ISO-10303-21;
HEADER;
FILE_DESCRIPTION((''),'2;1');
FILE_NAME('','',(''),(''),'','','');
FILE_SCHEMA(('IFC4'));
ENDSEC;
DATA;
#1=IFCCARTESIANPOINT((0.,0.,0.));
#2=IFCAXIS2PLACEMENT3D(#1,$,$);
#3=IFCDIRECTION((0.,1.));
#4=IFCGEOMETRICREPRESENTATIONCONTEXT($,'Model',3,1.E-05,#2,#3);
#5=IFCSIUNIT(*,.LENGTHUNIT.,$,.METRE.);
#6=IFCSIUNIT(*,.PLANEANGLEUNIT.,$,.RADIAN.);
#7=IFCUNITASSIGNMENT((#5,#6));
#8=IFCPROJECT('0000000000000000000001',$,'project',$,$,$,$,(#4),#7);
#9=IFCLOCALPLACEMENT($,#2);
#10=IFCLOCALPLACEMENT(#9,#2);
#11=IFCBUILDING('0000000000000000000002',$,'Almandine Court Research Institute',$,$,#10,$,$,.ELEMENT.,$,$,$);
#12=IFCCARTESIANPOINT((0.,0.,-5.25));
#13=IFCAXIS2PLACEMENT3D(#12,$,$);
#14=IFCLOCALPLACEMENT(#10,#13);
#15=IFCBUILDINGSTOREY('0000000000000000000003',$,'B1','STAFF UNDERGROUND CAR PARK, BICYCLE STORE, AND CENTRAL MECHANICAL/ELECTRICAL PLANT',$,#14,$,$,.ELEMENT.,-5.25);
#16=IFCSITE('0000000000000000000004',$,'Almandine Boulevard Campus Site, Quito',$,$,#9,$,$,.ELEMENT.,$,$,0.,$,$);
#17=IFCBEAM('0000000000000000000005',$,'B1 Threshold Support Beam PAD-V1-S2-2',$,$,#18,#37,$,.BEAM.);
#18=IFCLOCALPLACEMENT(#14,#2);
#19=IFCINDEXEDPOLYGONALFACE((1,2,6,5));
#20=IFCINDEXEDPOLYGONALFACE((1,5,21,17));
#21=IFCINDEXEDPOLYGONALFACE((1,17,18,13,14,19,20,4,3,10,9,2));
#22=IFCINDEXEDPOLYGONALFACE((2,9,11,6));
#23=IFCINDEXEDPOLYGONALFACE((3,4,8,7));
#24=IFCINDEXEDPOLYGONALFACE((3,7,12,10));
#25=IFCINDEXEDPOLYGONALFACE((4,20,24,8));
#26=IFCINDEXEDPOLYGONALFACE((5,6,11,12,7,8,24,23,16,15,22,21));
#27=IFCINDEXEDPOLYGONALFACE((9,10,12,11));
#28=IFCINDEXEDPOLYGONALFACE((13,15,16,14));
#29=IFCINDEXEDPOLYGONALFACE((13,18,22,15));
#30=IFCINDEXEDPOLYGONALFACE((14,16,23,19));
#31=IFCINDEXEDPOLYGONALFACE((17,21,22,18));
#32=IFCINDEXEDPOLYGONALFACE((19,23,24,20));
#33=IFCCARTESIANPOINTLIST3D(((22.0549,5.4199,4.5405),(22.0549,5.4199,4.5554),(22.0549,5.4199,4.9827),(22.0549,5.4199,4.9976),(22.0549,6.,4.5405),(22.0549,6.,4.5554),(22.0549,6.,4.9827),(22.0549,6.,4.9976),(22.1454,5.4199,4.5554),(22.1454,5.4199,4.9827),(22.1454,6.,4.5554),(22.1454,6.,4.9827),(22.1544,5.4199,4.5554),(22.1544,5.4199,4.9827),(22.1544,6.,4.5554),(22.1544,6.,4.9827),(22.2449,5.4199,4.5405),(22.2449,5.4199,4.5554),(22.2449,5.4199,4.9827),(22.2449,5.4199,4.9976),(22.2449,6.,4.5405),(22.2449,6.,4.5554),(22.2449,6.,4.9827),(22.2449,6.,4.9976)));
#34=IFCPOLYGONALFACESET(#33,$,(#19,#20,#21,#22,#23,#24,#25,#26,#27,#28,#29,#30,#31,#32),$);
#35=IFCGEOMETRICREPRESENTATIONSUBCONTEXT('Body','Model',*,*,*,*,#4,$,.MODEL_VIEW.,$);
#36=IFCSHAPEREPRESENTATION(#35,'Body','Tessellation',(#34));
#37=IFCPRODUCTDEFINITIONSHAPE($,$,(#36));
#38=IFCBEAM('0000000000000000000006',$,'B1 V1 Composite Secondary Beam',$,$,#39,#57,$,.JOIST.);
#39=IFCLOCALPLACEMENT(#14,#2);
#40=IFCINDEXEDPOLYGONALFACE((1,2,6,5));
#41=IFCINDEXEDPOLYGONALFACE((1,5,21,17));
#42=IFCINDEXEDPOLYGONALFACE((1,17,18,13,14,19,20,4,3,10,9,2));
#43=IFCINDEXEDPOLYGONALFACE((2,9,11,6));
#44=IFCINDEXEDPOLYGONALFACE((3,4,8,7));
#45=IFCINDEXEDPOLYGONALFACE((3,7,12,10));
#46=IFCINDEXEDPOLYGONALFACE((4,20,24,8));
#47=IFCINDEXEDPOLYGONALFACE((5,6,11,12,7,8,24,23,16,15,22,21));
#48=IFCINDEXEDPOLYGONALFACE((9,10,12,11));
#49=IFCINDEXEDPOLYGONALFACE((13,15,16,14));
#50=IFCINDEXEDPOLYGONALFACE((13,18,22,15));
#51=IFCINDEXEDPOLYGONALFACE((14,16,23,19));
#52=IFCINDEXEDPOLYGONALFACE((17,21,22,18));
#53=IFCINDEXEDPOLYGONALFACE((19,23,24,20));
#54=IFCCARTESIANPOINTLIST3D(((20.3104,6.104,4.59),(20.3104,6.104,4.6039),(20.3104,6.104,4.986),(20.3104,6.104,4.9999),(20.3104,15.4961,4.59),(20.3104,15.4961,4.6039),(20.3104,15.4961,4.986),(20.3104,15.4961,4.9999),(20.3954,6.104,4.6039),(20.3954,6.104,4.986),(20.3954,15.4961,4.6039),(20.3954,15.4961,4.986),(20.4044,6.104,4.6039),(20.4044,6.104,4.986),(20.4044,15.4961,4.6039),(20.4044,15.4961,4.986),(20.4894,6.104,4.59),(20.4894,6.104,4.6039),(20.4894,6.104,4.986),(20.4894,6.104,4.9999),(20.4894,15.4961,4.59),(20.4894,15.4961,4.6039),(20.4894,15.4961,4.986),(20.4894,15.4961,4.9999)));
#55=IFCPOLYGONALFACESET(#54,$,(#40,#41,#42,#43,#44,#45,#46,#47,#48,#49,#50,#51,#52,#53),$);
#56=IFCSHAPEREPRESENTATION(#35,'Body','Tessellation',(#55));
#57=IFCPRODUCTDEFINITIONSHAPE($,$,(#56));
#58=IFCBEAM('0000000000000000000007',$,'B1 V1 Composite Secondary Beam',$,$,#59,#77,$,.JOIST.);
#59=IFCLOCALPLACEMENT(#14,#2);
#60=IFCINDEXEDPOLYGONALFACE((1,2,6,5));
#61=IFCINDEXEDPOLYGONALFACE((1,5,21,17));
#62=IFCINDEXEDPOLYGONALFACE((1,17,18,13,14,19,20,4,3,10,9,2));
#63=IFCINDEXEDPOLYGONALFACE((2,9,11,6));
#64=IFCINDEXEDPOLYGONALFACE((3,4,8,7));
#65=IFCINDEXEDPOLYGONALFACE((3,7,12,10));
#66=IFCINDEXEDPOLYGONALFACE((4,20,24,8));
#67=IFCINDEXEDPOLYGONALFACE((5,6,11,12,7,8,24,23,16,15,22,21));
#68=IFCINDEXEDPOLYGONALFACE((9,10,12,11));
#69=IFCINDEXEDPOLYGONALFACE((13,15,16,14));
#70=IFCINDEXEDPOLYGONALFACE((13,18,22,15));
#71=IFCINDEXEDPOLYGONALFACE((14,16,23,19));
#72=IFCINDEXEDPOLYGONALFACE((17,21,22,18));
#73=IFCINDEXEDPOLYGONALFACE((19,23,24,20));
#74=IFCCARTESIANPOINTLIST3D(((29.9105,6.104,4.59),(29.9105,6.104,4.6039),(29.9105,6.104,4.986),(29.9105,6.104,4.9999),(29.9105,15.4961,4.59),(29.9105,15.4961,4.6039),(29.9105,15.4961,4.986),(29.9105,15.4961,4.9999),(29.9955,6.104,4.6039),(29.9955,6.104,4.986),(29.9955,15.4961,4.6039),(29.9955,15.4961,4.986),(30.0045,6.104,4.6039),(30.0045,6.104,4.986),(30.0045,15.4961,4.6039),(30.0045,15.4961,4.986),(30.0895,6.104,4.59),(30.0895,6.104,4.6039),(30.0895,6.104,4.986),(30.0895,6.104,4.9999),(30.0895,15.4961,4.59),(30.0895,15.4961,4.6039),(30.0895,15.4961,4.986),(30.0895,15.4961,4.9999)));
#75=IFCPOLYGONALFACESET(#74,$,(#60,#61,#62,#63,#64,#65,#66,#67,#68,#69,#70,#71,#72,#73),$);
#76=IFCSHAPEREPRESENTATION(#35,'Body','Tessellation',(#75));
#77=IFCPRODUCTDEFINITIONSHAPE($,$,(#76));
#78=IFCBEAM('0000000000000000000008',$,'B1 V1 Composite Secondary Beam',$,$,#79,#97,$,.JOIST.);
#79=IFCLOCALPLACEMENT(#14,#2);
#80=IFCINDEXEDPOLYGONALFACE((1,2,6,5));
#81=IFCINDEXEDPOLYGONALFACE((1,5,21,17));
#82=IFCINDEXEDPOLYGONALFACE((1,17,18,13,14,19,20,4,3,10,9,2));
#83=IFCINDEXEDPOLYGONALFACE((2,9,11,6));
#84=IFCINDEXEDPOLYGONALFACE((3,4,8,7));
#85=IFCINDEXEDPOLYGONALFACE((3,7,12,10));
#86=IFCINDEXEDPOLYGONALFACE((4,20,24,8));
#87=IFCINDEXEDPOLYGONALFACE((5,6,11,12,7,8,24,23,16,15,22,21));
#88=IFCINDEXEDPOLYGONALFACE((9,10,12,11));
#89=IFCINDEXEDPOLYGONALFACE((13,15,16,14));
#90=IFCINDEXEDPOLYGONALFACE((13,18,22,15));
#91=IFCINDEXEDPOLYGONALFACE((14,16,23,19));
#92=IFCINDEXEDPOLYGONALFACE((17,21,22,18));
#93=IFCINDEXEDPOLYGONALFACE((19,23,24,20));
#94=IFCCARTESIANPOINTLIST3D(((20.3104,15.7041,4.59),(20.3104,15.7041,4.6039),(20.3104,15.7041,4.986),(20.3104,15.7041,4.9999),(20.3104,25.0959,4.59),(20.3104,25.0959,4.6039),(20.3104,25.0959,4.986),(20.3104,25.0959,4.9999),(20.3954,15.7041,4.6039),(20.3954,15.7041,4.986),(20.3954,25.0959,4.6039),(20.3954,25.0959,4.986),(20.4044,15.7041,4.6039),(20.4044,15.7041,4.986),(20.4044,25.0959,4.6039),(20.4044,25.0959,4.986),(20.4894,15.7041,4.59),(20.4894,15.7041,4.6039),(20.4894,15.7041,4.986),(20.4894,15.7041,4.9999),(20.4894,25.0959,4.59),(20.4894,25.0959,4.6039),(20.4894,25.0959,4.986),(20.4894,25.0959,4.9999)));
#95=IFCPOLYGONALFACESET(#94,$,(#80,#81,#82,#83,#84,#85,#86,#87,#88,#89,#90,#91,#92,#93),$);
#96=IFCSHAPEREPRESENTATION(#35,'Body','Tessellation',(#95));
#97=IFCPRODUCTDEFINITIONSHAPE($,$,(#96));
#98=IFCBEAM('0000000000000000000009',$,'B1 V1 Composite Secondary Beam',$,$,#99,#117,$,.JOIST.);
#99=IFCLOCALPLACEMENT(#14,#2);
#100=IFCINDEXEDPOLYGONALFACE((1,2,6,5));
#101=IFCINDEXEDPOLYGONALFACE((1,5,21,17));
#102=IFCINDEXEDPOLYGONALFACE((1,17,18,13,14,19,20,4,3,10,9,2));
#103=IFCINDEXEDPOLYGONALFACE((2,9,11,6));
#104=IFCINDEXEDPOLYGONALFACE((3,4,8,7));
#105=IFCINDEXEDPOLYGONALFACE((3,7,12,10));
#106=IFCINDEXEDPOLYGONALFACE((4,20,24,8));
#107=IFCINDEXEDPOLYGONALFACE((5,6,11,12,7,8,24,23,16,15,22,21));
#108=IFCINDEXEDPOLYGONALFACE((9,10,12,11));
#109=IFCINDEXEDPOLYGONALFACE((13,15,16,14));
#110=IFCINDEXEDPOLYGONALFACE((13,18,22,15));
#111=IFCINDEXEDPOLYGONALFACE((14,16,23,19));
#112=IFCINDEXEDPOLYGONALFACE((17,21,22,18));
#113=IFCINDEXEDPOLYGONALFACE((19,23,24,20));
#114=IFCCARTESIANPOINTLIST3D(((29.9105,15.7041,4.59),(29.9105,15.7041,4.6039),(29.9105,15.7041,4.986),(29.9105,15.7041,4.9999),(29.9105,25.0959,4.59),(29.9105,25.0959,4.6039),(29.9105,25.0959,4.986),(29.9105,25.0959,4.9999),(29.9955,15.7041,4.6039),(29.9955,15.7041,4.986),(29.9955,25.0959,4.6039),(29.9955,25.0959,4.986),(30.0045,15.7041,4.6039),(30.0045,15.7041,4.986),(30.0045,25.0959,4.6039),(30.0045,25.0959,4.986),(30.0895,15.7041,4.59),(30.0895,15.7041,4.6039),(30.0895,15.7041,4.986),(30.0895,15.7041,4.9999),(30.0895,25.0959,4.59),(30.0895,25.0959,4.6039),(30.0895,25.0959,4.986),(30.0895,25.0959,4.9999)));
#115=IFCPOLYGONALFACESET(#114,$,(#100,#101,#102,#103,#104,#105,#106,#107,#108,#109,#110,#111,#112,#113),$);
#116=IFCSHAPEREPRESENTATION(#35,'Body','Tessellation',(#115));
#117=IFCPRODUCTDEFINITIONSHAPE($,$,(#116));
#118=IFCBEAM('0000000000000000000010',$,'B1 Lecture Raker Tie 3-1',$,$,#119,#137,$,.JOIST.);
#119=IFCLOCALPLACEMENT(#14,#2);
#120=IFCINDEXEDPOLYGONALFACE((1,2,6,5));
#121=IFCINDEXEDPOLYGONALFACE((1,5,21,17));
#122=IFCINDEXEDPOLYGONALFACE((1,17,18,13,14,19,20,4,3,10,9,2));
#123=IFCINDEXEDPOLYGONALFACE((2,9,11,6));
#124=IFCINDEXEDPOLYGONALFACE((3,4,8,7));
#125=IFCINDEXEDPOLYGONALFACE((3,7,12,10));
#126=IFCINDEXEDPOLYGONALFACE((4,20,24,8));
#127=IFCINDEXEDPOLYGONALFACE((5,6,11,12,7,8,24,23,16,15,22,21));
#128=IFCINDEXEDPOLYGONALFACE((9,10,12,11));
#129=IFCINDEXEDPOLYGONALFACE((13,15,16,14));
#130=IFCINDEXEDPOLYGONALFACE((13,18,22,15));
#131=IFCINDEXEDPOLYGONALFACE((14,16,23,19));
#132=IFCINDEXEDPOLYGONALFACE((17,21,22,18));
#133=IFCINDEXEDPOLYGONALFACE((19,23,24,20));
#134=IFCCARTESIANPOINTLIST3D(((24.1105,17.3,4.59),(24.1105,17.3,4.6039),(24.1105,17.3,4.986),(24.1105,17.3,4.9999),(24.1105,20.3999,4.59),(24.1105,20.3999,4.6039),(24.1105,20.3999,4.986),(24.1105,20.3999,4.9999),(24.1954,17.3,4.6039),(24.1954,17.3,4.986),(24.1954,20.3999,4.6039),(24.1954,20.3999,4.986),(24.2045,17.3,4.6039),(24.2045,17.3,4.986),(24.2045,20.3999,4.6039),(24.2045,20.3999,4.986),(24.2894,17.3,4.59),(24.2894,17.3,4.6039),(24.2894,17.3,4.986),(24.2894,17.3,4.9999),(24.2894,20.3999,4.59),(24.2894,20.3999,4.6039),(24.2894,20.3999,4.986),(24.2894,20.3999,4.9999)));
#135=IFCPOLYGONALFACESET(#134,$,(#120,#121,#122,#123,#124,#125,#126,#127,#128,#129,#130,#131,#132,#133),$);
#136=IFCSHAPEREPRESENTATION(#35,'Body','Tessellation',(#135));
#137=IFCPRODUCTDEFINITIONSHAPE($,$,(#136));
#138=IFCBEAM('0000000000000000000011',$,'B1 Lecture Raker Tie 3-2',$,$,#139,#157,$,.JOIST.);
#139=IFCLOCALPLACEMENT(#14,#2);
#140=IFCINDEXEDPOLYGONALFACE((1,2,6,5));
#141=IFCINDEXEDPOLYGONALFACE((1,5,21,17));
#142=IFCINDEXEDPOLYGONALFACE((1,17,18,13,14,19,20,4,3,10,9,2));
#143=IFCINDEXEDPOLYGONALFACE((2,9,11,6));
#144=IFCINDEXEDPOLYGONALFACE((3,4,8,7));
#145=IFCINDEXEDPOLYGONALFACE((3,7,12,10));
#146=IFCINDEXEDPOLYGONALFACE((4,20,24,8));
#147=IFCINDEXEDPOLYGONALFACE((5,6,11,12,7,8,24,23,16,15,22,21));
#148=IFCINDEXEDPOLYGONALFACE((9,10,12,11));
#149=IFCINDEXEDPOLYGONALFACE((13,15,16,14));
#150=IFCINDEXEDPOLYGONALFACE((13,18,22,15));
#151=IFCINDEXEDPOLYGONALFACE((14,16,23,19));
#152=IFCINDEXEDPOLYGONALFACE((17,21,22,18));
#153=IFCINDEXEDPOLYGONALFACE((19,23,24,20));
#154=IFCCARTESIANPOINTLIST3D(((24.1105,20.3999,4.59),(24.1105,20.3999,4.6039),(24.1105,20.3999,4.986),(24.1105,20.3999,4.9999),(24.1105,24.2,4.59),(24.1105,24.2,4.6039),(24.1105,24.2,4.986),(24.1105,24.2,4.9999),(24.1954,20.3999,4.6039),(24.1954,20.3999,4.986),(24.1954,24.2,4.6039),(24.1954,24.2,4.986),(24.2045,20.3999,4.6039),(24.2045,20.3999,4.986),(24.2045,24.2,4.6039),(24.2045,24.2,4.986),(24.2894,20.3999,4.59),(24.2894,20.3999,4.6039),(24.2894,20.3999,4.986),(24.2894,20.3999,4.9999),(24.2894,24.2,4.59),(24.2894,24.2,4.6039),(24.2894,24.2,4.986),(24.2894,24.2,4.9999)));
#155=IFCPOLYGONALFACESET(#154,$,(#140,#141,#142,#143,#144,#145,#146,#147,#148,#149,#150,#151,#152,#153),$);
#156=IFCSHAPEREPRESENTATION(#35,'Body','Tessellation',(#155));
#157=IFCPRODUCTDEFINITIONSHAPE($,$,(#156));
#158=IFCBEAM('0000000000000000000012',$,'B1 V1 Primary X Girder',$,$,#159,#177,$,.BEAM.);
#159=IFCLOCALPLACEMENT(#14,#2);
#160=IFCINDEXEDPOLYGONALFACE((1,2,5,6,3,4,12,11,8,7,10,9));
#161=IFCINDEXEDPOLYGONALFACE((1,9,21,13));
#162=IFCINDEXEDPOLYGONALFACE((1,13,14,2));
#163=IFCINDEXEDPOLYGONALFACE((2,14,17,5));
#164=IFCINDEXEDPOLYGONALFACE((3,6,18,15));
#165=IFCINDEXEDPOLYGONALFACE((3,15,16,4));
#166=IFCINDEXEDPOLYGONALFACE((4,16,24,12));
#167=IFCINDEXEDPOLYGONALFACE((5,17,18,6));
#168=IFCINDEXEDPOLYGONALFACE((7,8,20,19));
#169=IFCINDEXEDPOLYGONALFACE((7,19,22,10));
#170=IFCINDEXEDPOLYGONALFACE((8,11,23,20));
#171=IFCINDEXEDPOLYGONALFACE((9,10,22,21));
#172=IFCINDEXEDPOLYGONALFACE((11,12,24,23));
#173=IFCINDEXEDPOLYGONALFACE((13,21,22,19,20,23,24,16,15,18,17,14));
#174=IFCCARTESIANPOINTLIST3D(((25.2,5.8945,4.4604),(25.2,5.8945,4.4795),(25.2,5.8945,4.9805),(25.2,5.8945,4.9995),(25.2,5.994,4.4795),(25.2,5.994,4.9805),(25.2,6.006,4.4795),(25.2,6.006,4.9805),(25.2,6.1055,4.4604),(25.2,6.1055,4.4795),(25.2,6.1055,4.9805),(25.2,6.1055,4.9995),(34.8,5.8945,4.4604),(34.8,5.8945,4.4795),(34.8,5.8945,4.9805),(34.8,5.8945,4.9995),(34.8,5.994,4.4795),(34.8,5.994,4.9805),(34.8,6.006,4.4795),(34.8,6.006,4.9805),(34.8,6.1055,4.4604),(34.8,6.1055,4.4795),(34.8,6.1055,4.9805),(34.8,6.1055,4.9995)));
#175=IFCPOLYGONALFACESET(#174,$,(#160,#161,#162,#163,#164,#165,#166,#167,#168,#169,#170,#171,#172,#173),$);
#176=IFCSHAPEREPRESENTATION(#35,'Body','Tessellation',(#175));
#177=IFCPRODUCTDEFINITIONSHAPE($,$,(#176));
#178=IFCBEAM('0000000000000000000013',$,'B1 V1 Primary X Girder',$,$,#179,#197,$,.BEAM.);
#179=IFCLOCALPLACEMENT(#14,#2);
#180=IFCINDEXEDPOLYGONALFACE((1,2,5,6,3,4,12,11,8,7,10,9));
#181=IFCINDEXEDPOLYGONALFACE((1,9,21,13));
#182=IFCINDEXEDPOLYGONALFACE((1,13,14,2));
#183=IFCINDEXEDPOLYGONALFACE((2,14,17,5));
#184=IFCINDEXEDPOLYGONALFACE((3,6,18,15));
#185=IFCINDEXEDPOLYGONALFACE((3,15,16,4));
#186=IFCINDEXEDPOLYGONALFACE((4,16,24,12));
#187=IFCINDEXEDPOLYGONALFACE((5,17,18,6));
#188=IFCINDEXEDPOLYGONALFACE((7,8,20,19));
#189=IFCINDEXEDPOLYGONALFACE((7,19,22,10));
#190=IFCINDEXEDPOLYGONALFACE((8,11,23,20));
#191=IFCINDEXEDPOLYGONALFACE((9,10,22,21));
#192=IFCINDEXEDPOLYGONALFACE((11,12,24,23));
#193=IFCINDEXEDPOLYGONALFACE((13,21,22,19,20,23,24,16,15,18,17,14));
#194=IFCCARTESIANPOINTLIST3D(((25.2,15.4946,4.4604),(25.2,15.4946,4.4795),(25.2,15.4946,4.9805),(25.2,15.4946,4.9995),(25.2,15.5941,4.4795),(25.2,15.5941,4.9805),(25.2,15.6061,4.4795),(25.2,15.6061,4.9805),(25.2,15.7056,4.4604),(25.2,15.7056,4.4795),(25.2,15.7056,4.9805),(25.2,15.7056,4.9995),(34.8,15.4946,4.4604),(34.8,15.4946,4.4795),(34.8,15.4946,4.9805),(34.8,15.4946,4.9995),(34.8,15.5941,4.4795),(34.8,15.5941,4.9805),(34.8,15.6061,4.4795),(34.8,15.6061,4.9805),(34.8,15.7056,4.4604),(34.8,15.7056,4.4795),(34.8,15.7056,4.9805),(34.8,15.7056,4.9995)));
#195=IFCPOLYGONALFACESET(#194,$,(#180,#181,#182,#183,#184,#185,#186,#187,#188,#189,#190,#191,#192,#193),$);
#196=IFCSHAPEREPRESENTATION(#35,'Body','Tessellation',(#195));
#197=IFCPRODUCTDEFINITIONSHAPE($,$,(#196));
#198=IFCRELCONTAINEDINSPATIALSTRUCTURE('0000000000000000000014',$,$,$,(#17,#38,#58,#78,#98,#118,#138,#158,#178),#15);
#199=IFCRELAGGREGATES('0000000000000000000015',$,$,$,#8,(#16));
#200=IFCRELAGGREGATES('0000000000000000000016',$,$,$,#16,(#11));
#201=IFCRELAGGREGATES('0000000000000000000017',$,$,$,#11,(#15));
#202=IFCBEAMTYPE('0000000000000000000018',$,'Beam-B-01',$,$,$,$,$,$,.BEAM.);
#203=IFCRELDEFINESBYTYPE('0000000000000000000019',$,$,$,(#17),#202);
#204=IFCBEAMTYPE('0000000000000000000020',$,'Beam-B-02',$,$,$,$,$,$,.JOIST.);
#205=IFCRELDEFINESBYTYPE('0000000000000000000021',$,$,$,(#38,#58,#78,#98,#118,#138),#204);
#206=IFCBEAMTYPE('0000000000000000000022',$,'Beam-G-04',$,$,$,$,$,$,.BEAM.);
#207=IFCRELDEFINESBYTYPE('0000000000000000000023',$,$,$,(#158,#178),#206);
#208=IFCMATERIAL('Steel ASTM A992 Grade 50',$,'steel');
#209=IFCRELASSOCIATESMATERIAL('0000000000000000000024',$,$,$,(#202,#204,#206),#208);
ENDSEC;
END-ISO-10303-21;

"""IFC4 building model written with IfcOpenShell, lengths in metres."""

from ifc_helpers import new_model, si_unit, direction, frame, origin, origin_2d, place, context, subcontext, project, spatial, i_section, extrude, material, material_profile, profile_set, type_object, element, save


model = new_model("IFC4")

# Units and contexts
model_context = context("Model", 3, precision=1e-05, world=origin(), true_north=direction((0.0, 1.0)))
body_context = subcontext(model_context, "Body", "Model", "MODEL_VIEW")
ifc_project = project(units=[si_unit("LENGTHUNIT", "METRE"), si_unit("PLANEANGLEUNIT", "RADIAN")], contexts=[model_context])

# Site, building, storey
site_placement = place(None, origin())
site = spatial("IfcSite", under=ifc_project, at=site_placement, Name="Almandine Boulevard Campus Site, Quito", CompositionType="ELEMENT", RefElevation=0.0)
building_placement = place(site_placement, origin())
building = spatial("IfcBuilding", under=site, at=building_placement, Name="Almandine Court Research Institute", CompositionType="ELEMENT")
storey_placement = place(building_placement, frame((0.0, 0.0, -5.25)))
storey = spatial("IfcBuildingStorey", under=building, at=storey_placement, Name="B1", Description="STAFF UNDERGROUND CAR PARK, BICYCLE STORE, AND CENTRAL MECHANICAL/ELECTRICAL PLANT", CompositionType="ELEMENT", Elevation=-5.25)

# Shared definitions
ifc_material_1 = material(Name="Steel ASTM A992 Grade 50", Category="steel")

# Beams
ifc_material_profile_1 = material_profile(ifc_material_1, i_section(OverallWidth=0.1899, OverallDepth=0.457, WebThickness=0.009, FlangeThickness=0.0149, at=origin_2d()), Name="W460x74")
ifc_profile_set_1 = profile_set([ifc_material_profile_1], Name="Steel ASTM A992 Grade 50")
beam_type_1 = type_object("IfcBeamType", Name="Beam-B-01", PredefinedType="BEAM", material=ifc_profile_set_1)
beam_1_placement = place(storey_placement, frame((22.1499, 5.4199, 4.769), z_axis=(0.0, 1.0, 0.0), x_axis=(-1.0, 0.0, 0.0)))
element("IfcBeam", 1, at=beam_1_placement, inside=storey, type_object=beam_type_1, Name="B1 Threshold Support Beam PAD-V1-S2-2", PredefinedType="BEAM", context=body_context, shape_type="SweptSolid", body=[
    extrude(i_section(OverallWidth=0.1899, OverallDepth=0.457, WebThickness=0.009, FlangeThickness=0.0149, at=origin_2d()), origin(), (0.0, 0.0, 1.0), 0.5801),
])
ifc_material_profile_2 = material_profile(ifc_material_1, i_section(OverallWidth=0.179, OverallDepth=0.4099, WebThickness=0.009, FlangeThickness=0.0139, at=origin_2d()), Name="W410x67")
ifc_profile_set_2 = profile_set([ifc_material_profile_2], Name="Steel ASTM A992 Grade 50")
beam_type_2 = type_object("IfcBeamType", Name="Beam-B-02", PredefinedType="JOIST", material=ifc_profile_set_2)
for number, where, z_axis, x_axis, name in (
    (2, (20.3999, 6.104, 4.7949), (0.0, 1.0, 0.0), (-1.0, 0.0, 0.0), "B1 V1 Composite Secondary Beam"),
    (3, (30.0, 6.104, 4.7949), (0.0, 1.0, 0.0), (-1.0, 0.0, 0.0), "B1 V1 Composite Secondary Beam"),
):
    element("IfcBeam", number, at=place(storey_placement, frame(where, z_axis=z_axis, x_axis=x_axis)), inside=storey, type_object=beam_type_2, Name=name, PredefinedType="JOIST", context=body_context, shape_type="SweptSolid", body=[
        extrude(i_section(OverallWidth=0.179, OverallDepth=0.4099, WebThickness=0.009, FlangeThickness=0.0139, at=origin_2d()), origin(), (0.0, 0.0, 1.0), 9.3921),
    ])
for number, where, z_axis, x_axis, name in (
    (4, (20.3999, 15.7041, 4.7949), (0.0, 1.0, 0.0), (-1.0, 0.0, 0.0), "B1 V1 Composite Secondary Beam"),
    (5, (30.0, 15.7041, 4.7949), (0.0, 1.0, 0.0), (-1.0, 0.0, 0.0), "B1 V1 Composite Secondary Beam"),
):
    element("IfcBeam", number, at=place(storey_placement, frame(where, z_axis=z_axis, x_axis=x_axis)), inside=storey, type_object=beam_type_2, Name=name, PredefinedType="JOIST", context=body_context, shape_type="SweptSolid", body=[
        extrude(i_section(OverallWidth=0.179, OverallDepth=0.4099, WebThickness=0.009, FlangeThickness=0.0139, at=origin_2d()), origin(), (0.0, 0.0, 1.0), 9.3918),
    ])
beam_2_placement = place(storey_placement, frame((24.2, 17.3, 4.7949), z_axis=(0.0, 1.0, 0.0), x_axis=(-1.0, 0.0, 0.0)))
element("IfcBeam", 6, at=beam_2_placement, inside=storey, type_object=beam_type_2, Name="B1 Lecture Raker Tie 3-1", PredefinedType="JOIST", context=body_context, shape_type="SweptSolid", body=[
    extrude(i_section(OverallWidth=0.179, OverallDepth=0.4099, WebThickness=0.009, FlangeThickness=0.0139, at=origin_2d()), origin(), (0.0, 0.0, 1.0), 3.0999),
])
beam_3_placement = place(storey_placement, frame((24.2, 20.3999, 4.7949), z_axis=(0.0, 1.0, 0.0), x_axis=(-1.0, 0.0, 0.0)))
element("IfcBeam", 7, at=beam_3_placement, inside=storey, type_object=beam_type_2, Name="B1 Lecture Raker Tie 3-2", PredefinedType="JOIST", context=body_context, shape_type="SweptSolid", body=[
    extrude(i_section(OverallWidth=0.179, OverallDepth=0.4099, WebThickness=0.009, FlangeThickness=0.0139, at=origin_2d()), origin(), (0.0, 0.0, 1.0), 3.8),
])
ifc_material_profile_3 = material_profile(ifc_material_1, i_section(OverallWidth=0.2109, OverallDepth=0.5391, WebThickness=0.012, FlangeThickness=0.019, at=origin_2d()), Name="W530x109")
ifc_profile_set_3 = profile_set([ifc_material_profile_3], Name="Steel ASTM A992 Grade 50")
beam_type_3 = type_object("IfcBeamType", Name="Beam-G-04", PredefinedType="BEAM", material=ifc_profile_set_3)
for number, where, z_axis, x_axis, name in (
    (8, (25.2, 6.0, 4.73), (1.0, 0.0, 0.0), (0.0, 1.0, 0.0), "B1 V1 Primary X Girder"),
    (9, (25.2, 15.6001, 4.73), (1.0, 0.0, 0.0), (0.0, 1.0, 0.0), "B1 V1 Primary X Girder"),
):
    element("IfcBeam", number, at=place(storey_placement, frame(where, z_axis=z_axis, x_axis=x_axis)), inside=storey, type_object=beam_type_3, Name=name, PredefinedType="BEAM", context=body_context, shape_type="SweptSolid", body=[
        extrude(i_section(OverallWidth=0.2109, OverallDepth=0.5391, WebThickness=0.012, FlangeThickness=0.019, at=origin_2d()), origin(), (0.0, 0.0, 1.0), 9.6001),
    ])

save(model, "model.ifc")
